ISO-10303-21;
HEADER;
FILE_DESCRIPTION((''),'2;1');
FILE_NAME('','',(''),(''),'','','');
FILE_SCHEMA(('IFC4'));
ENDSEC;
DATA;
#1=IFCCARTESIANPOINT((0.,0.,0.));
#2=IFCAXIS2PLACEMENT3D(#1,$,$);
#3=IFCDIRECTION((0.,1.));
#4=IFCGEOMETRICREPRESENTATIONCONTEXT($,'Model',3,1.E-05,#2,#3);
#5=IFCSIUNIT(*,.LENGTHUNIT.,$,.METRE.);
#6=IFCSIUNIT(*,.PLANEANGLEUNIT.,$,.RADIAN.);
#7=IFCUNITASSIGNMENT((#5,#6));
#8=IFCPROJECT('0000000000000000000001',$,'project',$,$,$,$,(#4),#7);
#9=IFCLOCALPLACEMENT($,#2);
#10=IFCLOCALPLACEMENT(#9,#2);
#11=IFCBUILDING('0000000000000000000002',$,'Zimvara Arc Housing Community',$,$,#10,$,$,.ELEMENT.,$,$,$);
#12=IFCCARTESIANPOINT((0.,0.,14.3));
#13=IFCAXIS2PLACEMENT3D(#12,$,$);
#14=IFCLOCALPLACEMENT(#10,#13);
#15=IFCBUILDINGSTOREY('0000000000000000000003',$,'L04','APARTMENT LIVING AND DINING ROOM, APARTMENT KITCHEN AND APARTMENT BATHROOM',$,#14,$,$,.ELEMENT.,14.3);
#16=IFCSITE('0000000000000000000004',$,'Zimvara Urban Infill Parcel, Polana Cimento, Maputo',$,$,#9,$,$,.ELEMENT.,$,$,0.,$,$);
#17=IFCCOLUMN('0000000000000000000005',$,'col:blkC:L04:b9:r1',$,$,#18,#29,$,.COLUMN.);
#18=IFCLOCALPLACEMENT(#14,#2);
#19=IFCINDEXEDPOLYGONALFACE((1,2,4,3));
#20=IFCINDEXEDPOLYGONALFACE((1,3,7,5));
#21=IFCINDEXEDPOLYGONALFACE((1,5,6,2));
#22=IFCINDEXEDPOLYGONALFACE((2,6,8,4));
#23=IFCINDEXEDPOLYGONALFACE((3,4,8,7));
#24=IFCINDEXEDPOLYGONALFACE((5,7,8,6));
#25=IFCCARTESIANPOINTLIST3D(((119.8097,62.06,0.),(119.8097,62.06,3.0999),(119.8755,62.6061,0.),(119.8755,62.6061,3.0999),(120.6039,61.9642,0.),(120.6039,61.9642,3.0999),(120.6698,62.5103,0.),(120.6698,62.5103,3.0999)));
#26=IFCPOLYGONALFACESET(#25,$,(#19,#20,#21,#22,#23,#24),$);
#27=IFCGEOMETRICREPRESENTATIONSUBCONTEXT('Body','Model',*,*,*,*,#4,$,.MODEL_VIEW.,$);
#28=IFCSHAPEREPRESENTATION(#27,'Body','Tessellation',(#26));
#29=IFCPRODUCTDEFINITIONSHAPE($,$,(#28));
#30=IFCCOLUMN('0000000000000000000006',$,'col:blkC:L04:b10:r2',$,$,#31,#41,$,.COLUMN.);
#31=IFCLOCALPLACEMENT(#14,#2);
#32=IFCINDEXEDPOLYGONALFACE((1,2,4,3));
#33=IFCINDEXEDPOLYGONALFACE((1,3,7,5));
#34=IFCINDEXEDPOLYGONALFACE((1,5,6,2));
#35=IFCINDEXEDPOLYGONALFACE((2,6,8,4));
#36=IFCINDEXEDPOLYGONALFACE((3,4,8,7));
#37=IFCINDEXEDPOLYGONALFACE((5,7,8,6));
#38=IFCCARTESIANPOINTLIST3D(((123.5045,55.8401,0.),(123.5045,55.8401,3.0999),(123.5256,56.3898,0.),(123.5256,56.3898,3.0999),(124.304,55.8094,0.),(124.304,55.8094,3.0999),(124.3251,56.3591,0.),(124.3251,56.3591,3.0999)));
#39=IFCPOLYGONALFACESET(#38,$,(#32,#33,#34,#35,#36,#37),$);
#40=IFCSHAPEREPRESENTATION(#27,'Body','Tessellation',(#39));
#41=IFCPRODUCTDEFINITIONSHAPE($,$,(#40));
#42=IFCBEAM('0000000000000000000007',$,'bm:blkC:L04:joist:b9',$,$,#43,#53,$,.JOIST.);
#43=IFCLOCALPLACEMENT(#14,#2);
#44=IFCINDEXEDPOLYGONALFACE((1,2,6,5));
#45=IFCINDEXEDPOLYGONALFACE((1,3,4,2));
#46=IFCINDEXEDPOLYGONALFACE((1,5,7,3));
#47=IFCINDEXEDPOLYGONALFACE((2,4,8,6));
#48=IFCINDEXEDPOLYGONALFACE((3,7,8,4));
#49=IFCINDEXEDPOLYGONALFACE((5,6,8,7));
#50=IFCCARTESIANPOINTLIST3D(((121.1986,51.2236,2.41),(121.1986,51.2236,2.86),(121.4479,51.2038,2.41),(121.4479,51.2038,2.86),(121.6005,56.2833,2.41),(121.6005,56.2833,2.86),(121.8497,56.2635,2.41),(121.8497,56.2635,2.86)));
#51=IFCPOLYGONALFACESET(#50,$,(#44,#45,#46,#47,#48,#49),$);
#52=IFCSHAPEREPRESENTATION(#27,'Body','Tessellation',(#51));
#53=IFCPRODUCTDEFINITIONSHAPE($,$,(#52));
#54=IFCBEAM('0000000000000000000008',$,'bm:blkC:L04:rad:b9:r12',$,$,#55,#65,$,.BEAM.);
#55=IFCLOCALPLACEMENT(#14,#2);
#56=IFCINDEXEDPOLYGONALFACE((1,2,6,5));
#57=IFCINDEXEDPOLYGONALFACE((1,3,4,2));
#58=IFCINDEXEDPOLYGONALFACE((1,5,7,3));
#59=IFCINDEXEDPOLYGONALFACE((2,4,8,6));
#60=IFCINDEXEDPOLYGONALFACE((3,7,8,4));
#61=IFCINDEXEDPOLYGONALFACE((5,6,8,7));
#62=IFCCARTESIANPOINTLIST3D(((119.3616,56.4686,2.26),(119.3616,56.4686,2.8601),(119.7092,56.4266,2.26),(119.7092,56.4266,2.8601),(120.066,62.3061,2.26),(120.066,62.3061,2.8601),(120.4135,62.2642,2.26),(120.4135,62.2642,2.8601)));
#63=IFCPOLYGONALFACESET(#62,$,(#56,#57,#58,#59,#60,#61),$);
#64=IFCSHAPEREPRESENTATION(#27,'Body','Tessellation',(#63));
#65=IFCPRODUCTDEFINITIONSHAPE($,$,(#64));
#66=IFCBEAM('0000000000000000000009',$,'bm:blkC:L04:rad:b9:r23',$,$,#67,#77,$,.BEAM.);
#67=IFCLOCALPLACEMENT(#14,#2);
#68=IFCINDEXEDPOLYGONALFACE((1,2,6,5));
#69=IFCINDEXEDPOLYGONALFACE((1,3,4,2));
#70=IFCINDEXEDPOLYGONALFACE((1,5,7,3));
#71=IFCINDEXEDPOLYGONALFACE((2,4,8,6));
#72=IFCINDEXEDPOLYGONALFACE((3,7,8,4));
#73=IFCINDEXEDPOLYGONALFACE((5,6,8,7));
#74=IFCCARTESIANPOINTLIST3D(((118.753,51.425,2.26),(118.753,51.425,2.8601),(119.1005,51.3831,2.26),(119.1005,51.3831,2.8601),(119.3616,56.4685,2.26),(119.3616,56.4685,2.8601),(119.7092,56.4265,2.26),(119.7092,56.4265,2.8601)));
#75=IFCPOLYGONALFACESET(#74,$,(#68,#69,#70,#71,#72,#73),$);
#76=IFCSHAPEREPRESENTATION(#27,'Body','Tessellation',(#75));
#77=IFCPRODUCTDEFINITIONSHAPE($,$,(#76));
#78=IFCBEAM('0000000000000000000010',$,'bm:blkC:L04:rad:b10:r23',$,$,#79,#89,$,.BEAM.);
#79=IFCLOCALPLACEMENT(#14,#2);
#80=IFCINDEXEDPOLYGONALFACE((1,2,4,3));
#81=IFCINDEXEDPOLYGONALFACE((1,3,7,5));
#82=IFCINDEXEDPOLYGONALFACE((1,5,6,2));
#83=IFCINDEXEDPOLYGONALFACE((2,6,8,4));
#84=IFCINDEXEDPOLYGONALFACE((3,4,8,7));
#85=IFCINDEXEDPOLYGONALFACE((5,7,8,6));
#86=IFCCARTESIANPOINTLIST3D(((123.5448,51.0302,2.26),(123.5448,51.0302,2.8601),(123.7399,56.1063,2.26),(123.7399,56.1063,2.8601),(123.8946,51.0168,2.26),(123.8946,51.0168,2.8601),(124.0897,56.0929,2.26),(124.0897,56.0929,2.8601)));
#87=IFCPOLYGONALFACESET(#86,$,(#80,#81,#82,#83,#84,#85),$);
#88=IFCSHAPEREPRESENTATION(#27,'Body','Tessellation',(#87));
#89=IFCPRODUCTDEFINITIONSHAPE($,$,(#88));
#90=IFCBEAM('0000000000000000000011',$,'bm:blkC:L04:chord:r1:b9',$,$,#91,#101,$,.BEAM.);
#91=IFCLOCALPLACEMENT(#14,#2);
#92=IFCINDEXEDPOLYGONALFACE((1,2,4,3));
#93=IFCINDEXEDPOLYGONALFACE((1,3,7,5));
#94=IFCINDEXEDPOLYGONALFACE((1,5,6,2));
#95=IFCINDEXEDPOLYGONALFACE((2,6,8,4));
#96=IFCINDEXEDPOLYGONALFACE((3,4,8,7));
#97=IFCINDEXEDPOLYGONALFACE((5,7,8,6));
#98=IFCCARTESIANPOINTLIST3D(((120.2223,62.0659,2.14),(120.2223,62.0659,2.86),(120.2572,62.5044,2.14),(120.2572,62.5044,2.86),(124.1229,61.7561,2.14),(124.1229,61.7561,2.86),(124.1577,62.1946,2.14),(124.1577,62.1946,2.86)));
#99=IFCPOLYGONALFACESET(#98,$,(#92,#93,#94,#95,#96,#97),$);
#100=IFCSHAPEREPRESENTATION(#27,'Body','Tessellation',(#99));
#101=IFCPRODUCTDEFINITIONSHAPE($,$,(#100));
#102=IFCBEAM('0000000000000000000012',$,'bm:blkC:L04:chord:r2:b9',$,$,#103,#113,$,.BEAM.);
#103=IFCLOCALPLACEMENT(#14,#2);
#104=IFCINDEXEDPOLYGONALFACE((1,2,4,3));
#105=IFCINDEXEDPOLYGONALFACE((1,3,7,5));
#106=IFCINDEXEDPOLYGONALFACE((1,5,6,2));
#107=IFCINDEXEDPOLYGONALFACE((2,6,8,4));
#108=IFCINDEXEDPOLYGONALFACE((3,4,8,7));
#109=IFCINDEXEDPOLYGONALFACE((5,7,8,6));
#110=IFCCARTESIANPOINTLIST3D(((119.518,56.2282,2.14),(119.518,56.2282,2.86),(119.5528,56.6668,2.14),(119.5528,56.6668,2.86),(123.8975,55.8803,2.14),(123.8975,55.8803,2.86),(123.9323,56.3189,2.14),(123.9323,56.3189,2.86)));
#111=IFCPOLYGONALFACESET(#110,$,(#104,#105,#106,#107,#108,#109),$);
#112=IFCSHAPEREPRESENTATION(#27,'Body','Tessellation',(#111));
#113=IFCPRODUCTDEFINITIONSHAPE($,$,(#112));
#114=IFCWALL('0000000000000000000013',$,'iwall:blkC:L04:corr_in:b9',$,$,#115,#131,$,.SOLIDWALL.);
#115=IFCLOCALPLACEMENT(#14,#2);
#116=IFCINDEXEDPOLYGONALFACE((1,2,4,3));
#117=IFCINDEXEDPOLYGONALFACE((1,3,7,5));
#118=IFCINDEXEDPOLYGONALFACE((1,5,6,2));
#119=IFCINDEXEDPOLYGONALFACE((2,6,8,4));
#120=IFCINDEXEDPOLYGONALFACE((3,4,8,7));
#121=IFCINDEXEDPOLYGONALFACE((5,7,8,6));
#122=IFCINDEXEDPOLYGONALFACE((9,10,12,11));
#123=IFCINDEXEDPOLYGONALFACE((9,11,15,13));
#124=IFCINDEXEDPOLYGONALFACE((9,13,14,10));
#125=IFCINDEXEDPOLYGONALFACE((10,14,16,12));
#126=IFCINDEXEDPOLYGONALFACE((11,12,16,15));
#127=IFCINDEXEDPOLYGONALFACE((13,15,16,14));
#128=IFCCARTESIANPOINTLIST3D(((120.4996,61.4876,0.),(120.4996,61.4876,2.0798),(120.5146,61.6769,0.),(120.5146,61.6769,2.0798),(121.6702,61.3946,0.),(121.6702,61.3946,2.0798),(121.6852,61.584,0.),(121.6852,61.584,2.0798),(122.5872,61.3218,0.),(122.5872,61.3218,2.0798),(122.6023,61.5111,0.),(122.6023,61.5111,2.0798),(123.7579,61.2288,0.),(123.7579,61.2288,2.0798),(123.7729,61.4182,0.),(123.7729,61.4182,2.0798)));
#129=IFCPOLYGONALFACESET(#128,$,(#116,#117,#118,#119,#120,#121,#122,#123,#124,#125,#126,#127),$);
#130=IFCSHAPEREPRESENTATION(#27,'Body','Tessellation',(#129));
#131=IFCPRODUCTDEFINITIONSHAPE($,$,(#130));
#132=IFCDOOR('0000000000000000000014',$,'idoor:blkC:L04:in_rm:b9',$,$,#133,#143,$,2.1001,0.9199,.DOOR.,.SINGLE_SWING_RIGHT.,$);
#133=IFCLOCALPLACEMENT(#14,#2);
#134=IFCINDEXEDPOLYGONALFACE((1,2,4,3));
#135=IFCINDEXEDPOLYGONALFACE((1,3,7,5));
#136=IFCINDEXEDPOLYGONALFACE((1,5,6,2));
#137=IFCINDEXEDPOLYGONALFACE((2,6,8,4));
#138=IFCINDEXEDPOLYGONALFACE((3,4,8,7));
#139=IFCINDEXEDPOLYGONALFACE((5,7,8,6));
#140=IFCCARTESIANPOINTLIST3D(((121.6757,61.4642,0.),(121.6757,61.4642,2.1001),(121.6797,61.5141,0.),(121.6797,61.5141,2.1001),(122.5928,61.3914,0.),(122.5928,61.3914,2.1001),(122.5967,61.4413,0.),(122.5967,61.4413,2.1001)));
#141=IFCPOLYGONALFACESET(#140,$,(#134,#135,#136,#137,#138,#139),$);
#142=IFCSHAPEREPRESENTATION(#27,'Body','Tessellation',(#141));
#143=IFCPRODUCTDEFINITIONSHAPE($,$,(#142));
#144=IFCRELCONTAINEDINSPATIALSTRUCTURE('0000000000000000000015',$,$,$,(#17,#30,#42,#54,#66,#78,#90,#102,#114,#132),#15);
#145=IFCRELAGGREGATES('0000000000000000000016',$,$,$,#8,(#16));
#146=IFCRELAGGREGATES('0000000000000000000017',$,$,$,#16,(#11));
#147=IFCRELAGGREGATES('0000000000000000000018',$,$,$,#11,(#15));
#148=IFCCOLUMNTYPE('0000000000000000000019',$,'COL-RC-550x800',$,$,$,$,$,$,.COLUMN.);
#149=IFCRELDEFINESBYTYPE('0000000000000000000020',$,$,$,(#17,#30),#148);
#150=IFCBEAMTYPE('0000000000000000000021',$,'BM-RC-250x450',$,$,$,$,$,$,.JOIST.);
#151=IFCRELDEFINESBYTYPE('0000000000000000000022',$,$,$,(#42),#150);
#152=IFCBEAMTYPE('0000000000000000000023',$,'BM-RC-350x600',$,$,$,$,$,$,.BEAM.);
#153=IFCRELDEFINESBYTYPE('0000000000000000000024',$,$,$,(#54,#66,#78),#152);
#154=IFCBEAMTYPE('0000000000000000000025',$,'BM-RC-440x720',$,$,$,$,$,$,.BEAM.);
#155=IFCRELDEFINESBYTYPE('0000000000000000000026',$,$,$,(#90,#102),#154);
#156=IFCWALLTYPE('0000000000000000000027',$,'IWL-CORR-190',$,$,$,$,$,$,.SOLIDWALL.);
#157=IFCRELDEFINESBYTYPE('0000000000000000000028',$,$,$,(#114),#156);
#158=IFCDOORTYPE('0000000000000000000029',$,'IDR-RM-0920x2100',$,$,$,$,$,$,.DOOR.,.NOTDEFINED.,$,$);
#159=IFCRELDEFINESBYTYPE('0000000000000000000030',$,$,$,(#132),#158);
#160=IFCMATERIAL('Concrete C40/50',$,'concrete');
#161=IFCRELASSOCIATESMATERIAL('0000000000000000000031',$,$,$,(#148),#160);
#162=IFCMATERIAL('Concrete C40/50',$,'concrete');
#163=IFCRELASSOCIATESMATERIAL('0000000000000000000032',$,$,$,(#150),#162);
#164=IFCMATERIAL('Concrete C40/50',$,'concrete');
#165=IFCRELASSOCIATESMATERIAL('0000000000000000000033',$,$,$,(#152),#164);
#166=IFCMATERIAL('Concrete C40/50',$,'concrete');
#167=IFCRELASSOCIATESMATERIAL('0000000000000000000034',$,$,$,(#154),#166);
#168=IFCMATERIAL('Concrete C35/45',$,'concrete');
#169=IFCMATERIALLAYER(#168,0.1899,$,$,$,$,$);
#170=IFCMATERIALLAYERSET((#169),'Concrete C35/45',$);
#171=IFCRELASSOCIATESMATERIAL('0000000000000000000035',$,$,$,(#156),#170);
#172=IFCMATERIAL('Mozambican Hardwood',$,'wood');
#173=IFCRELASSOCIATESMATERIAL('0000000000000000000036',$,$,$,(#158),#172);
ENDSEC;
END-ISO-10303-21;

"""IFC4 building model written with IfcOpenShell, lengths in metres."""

from ifc_helpers import new_model, si_unit, direction, frame, frame_2d, origin, origin_2d, place, context, subcontext, project, spatial, rectangle, extrude, material, layer, layer_set, material_profile, profile_set, type_object, element, fill, save


model = new_model("IFC4")

# Units and contexts
model_context = context("Model", 3, precision=1e-05, world=origin(), true_north=direction((0.0, 1.0)))
body_context = subcontext(model_context, "Body", "Model", "MODEL_VIEW")
ifc_project = project(units=[si_unit("LENGTHUNIT", "METRE"), si_unit("PLANEANGLEUNIT", "RADIAN")], contexts=[model_context])

# Site, building, storey
site_placement = place(None, origin())
site = spatial("IfcSite", under=ifc_project, at=site_placement, Name="Zimvara Urban Infill Parcel, Polana Cimento, Maputo", CompositionType="ELEMENT", RefElevation=0.0)
building_placement = place(site_placement, origin())
building = spatial("IfcBuilding", under=site, at=building_placement, Name="Zimvara Arc Housing Community", CompositionType="ELEMENT")
storey_placement = place(building_placement, frame((0.0, 0.0, 14.3)))
storey = spatial("IfcBuildingStorey", under=building, at=storey_placement, Name="L04", Description="APARTMENT LIVING AND DINING ROOM, APARTMENT KITCHEN AND APARTMENT BATHROOM", CompositionType="ELEMENT", Elevation=14.3)

# Columns
ifc_material_1 = material(Name="Concrete C40/50", Category="concrete")
ifc_material_profile_1 = material_profile(ifc_material_1, rectangle(XDim=0.55, YDim=0.8, at=origin_2d()), Name="RC 550x800")
ifc_profile_set_1 = profile_set([ifc_material_profile_1], Name="Concrete C40/50")
column_type = type_object("IfcColumnType", Name="COL-RC-550x800", PredefinedType="COLUMN", material=ifc_profile_set_1)
for number, where, z_axis, x_axis, name in (
    (1, (120.2397, 62.2852, 0.0), (0.0, 0.0, 1.0), (-0.11979, -0.992799, 0.0), "col:blkC:L04:b9:r1"),
    (2, (123.9148, 56.0996, 0.0), (0.0, 0.0, 1.0), (-0.038388, -0.999263, 0.0), "col:blkC:L04:b10:r2"),
):
    element("IfcColumn", number, at=place(storey_placement, frame(where, z_axis=z_axis, x_axis=x_axis)), inside=storey, type_object=column_type, Name=name, PredefinedType="COLUMN", context=body_context, shape_type="SweptSolid", body=[
        extrude(rectangle(XDim=0.55, YDim=0.8, at=origin_2d()), origin(), (0.0, 0.0, 1.0), 3.0999),
    ])

# Beams
ifc_material_2 = material(Name="Concrete C40/50", Category="concrete")
ifc_material_profile_2 = material_profile(ifc_material_2, rectangle(XDim=0.25, YDim=0.45, at=origin_2d()), Name="RC 250x450")
ifc_profile_set_2 = profile_set([ifc_material_profile_2], Name="Concrete C40/50")
beam_type_1 = type_object("IfcBeamType", Name="BM-RC-250x450", PredefinedType="JOIST", material=ifc_profile_set_2)
beam_1_placement = place(storey_placement, frame((121.7251, 56.2734, 2.635), z_axis=(-0.079172, -0.996861, 0.0), x_axis=(0.996861, -0.079172, 0.0)))
element("IfcBeam", 3, at=beam_1_placement, inside=storey, type_object=beam_type_1, Name="bm:blkC:L04:joist:b9", PredefinedType="JOIST", context=body_context, shape_type="SweptSolid", body=[
    extrude(rectangle(XDim=0.25, YDim=0.45, at=origin_2d()), origin(), (0.0, 0.0, 1.0), 5.0757),
])
ifc_material_3 = material(Name="Concrete C40/50", Category="concrete")
ifc_material_profile_3 = material_profile(ifc_material_3, rectangle(XDim=0.3501, YDim=0.6001, at=origin_2d()), Name="RC 350x600")
ifc_profile_set_3 = profile_set([ifc_material_profile_3], Name="Concrete C40/50")
beam_type_2 = type_object("IfcBeamType", Name="BM-RC-350x600", PredefinedType="BEAM", material=ifc_profile_set_3)
beam_2_placement = place(storey_placement, frame((120.2397, 62.2852, 2.5601), z_axis=(-0.119787, -0.9928, 0.0), x_axis=(0.9928, -0.119787, 0.0)))
element("IfcBeam", 4, at=beam_2_placement, inside=storey, type_object=beam_type_2, Name="bm:blkC:L04:rad:b9:r12", PredefinedType="BEAM", context=body_context, shape_type="SweptSolid", body=[
    extrude(rectangle(XDim=0.3501, YDim=0.6001, at=origin_2d()), origin(), (0.0, 0.0, 1.0), 5.8799),
])
beam_3_placement = place(storey_placement, frame((119.5354, 56.4475, 2.5601), z_axis=(-0.11981, -0.992797, 0.0), x_axis=(0.992797, -0.11981, 0.0)))
element("IfcBeam", 5, at=beam_3_placement, inside=storey, type_object=beam_type_2, Name="bm:blkC:L04:rad:b9:r23", PredefinedType="BEAM", context=body_context, shape_type="SweptSolid", body=[
    extrude(rectangle(XDim=0.3501, YDim=0.6001, at=origin_2d()), origin(), (0.0, 0.0, 1.0), 5.0801),
])
beam_4_placement = place(storey_placement, frame((123.9148, 56.0996, 2.5601), z_axis=(-0.0384, -0.999262, 0.0), x_axis=(0.999262, -0.0384, 0.0)))
element("IfcBeam", 6, at=beam_4_placement, inside=storey, type_object=beam_type_2, Name="bm:blkC:L04:rad:b10:r23", PredefinedType="BEAM", context=body_context, shape_type="SweptSolid", body=[
    extrude(rectangle(XDim=0.3501, YDim=0.6001, at=origin_2d()), origin(), (0.0, 0.0, 1.0), 5.0798),
])
ifc_material_4 = material(Name="Concrete C40/50", Category="concrete")
ifc_material_profile_4 = material_profile(ifc_material_4, rectangle(XDim=0.4399, YDim=0.72, at=origin_2d()), Name="RC 440x720")
ifc_profile_set_4 = profile_set([ifc_material_profile_4], Name="Concrete C40/50")
beam_type_3 = type_object("IfcBeamType", Name="BM-RC-440x720", PredefinedType="BEAM", material=ifc_profile_set_4)
beam_5_placement = place(storey_placement, frame((120.2397, 62.2852, 2.5), z_axis=(0.996861, -0.079177, 0.0), x_axis=(0.079177, 0.996861, 0.0)))
element("IfcBeam", 7, at=beam_5_placement, inside=storey, type_object=beam_type_3, Name="bm:blkC:L04:chord:r1:b9", PredefinedType="BEAM", context=body_context, shape_type="SweptSolid", body=[
    extrude(rectangle(XDim=0.4399, YDim=0.72, at=origin_2d()), origin(), (0.0, 0.0, 1.0), 3.9128),
])
beam_6_placement = place(storey_placement, frame((119.5354, 56.4475, 2.5), z_axis=(0.996859, -0.079191, 0.0), x_axis=(0.079191, 0.996859, 0.0)))
element("IfcBeam", 8, at=beam_6_placement, inside=storey, type_object=beam_type_3, Name="bm:blkC:L04:chord:r2:b9", PredefinedType="BEAM", context=body_context, shape_type="SweptSolid", body=[
    extrude(rectangle(XDim=0.4399, YDim=0.72, at=origin_2d()), origin(), (0.0, 0.0, 1.0), 4.3933),
])

# Wall, opening, door
ifc_material_5 = material(Name="Concrete C35/45", Category="concrete")
ifc_layer_1 = layer(ifc_material_5, 0.1899)
ifc_layer_set_1 = layer_set([ifc_layer_1], Name="Concrete C35/45")
wall_type_1 = type_object("IfcWallType", Name="IWL-CORR-190", PredefinedType="SOLIDWALL", material=ifc_layer_set_1)
wall_1_placement = place(storey_placement, frame((120.5071, 61.5823, 0.0), z_axis=(0.0, 0.0, 1.0), x_axis=(0.996861, -0.079175, 0.0)))
wall_1 = element("IfcWall", 9, at=wall_1_placement, inside=storey, type_object=wall_type_1, Name="iwall:blkC:L04:corr_in:b9", PredefinedType="SOLIDWALL", context=body_context, shape_type="SweptSolid", body=[
    extrude(rectangle(XDim=3.2686, YDim=0.1899, at=frame_2d((1.6343, 0.0))), origin(), (0.0, 0.0, 1.0), 2.0798),
])
opening_1_placement = place(wall_1_placement, frame((1.1743, 0.0, 0.0)))
opening_1 = element("IfcOpeningElement", 10, at=opening_1_placement, cuts=wall_1, PredefinedType="OPENING", context=body_context, shape_type="SweptSolid", body=[
    extrude(rectangle(XDim=0.9199, YDim=2.1001, at=frame_2d((0.46, 1.05))), frame((0.0, 0.105, 0.0), z_axis=(0.0, -1.0, 0.0), x_axis=(1.0, 0.0, 0.0)), (0.0, 0.0, 1.0), 0.21),
])
ifc_material_6 = material(Name="Mozambican Hardwood", Category="wood")
door_type_1 = type_object("IfcDoorType", Name="IDR-RM-0920x2100", OperationType="NOTDEFINED", PredefinedType="DOOR", material=ifc_material_6)
door_1_placement = place(opening_1_placement, origin())
door_1 = element("IfcDoor", 11, at=door_1_placement, inside=storey, type_object=door_type_1, Name="idoor:blkC:L04:in_rm:b9", OperationType="SINGLE_SWING_RIGHT", OverallHeight=2.1001, OverallWidth=0.9199, PredefinedType="DOOR", context=body_context, shape_type="SweptSolid", body=[
    extrude(rectangle(XDim=0.9199, YDim=2.1001, at=frame_2d((0.46, 1.05))), frame((0.0, 0.0249, 0.0), z_axis=(0.0, -1.0, 0.0), x_axis=(1.0, 0.0, 0.0)), (0.0, 0.0, 1.0), 0.05),
])
fill(opening_1, door_1)

save(model, "model.ifc")
